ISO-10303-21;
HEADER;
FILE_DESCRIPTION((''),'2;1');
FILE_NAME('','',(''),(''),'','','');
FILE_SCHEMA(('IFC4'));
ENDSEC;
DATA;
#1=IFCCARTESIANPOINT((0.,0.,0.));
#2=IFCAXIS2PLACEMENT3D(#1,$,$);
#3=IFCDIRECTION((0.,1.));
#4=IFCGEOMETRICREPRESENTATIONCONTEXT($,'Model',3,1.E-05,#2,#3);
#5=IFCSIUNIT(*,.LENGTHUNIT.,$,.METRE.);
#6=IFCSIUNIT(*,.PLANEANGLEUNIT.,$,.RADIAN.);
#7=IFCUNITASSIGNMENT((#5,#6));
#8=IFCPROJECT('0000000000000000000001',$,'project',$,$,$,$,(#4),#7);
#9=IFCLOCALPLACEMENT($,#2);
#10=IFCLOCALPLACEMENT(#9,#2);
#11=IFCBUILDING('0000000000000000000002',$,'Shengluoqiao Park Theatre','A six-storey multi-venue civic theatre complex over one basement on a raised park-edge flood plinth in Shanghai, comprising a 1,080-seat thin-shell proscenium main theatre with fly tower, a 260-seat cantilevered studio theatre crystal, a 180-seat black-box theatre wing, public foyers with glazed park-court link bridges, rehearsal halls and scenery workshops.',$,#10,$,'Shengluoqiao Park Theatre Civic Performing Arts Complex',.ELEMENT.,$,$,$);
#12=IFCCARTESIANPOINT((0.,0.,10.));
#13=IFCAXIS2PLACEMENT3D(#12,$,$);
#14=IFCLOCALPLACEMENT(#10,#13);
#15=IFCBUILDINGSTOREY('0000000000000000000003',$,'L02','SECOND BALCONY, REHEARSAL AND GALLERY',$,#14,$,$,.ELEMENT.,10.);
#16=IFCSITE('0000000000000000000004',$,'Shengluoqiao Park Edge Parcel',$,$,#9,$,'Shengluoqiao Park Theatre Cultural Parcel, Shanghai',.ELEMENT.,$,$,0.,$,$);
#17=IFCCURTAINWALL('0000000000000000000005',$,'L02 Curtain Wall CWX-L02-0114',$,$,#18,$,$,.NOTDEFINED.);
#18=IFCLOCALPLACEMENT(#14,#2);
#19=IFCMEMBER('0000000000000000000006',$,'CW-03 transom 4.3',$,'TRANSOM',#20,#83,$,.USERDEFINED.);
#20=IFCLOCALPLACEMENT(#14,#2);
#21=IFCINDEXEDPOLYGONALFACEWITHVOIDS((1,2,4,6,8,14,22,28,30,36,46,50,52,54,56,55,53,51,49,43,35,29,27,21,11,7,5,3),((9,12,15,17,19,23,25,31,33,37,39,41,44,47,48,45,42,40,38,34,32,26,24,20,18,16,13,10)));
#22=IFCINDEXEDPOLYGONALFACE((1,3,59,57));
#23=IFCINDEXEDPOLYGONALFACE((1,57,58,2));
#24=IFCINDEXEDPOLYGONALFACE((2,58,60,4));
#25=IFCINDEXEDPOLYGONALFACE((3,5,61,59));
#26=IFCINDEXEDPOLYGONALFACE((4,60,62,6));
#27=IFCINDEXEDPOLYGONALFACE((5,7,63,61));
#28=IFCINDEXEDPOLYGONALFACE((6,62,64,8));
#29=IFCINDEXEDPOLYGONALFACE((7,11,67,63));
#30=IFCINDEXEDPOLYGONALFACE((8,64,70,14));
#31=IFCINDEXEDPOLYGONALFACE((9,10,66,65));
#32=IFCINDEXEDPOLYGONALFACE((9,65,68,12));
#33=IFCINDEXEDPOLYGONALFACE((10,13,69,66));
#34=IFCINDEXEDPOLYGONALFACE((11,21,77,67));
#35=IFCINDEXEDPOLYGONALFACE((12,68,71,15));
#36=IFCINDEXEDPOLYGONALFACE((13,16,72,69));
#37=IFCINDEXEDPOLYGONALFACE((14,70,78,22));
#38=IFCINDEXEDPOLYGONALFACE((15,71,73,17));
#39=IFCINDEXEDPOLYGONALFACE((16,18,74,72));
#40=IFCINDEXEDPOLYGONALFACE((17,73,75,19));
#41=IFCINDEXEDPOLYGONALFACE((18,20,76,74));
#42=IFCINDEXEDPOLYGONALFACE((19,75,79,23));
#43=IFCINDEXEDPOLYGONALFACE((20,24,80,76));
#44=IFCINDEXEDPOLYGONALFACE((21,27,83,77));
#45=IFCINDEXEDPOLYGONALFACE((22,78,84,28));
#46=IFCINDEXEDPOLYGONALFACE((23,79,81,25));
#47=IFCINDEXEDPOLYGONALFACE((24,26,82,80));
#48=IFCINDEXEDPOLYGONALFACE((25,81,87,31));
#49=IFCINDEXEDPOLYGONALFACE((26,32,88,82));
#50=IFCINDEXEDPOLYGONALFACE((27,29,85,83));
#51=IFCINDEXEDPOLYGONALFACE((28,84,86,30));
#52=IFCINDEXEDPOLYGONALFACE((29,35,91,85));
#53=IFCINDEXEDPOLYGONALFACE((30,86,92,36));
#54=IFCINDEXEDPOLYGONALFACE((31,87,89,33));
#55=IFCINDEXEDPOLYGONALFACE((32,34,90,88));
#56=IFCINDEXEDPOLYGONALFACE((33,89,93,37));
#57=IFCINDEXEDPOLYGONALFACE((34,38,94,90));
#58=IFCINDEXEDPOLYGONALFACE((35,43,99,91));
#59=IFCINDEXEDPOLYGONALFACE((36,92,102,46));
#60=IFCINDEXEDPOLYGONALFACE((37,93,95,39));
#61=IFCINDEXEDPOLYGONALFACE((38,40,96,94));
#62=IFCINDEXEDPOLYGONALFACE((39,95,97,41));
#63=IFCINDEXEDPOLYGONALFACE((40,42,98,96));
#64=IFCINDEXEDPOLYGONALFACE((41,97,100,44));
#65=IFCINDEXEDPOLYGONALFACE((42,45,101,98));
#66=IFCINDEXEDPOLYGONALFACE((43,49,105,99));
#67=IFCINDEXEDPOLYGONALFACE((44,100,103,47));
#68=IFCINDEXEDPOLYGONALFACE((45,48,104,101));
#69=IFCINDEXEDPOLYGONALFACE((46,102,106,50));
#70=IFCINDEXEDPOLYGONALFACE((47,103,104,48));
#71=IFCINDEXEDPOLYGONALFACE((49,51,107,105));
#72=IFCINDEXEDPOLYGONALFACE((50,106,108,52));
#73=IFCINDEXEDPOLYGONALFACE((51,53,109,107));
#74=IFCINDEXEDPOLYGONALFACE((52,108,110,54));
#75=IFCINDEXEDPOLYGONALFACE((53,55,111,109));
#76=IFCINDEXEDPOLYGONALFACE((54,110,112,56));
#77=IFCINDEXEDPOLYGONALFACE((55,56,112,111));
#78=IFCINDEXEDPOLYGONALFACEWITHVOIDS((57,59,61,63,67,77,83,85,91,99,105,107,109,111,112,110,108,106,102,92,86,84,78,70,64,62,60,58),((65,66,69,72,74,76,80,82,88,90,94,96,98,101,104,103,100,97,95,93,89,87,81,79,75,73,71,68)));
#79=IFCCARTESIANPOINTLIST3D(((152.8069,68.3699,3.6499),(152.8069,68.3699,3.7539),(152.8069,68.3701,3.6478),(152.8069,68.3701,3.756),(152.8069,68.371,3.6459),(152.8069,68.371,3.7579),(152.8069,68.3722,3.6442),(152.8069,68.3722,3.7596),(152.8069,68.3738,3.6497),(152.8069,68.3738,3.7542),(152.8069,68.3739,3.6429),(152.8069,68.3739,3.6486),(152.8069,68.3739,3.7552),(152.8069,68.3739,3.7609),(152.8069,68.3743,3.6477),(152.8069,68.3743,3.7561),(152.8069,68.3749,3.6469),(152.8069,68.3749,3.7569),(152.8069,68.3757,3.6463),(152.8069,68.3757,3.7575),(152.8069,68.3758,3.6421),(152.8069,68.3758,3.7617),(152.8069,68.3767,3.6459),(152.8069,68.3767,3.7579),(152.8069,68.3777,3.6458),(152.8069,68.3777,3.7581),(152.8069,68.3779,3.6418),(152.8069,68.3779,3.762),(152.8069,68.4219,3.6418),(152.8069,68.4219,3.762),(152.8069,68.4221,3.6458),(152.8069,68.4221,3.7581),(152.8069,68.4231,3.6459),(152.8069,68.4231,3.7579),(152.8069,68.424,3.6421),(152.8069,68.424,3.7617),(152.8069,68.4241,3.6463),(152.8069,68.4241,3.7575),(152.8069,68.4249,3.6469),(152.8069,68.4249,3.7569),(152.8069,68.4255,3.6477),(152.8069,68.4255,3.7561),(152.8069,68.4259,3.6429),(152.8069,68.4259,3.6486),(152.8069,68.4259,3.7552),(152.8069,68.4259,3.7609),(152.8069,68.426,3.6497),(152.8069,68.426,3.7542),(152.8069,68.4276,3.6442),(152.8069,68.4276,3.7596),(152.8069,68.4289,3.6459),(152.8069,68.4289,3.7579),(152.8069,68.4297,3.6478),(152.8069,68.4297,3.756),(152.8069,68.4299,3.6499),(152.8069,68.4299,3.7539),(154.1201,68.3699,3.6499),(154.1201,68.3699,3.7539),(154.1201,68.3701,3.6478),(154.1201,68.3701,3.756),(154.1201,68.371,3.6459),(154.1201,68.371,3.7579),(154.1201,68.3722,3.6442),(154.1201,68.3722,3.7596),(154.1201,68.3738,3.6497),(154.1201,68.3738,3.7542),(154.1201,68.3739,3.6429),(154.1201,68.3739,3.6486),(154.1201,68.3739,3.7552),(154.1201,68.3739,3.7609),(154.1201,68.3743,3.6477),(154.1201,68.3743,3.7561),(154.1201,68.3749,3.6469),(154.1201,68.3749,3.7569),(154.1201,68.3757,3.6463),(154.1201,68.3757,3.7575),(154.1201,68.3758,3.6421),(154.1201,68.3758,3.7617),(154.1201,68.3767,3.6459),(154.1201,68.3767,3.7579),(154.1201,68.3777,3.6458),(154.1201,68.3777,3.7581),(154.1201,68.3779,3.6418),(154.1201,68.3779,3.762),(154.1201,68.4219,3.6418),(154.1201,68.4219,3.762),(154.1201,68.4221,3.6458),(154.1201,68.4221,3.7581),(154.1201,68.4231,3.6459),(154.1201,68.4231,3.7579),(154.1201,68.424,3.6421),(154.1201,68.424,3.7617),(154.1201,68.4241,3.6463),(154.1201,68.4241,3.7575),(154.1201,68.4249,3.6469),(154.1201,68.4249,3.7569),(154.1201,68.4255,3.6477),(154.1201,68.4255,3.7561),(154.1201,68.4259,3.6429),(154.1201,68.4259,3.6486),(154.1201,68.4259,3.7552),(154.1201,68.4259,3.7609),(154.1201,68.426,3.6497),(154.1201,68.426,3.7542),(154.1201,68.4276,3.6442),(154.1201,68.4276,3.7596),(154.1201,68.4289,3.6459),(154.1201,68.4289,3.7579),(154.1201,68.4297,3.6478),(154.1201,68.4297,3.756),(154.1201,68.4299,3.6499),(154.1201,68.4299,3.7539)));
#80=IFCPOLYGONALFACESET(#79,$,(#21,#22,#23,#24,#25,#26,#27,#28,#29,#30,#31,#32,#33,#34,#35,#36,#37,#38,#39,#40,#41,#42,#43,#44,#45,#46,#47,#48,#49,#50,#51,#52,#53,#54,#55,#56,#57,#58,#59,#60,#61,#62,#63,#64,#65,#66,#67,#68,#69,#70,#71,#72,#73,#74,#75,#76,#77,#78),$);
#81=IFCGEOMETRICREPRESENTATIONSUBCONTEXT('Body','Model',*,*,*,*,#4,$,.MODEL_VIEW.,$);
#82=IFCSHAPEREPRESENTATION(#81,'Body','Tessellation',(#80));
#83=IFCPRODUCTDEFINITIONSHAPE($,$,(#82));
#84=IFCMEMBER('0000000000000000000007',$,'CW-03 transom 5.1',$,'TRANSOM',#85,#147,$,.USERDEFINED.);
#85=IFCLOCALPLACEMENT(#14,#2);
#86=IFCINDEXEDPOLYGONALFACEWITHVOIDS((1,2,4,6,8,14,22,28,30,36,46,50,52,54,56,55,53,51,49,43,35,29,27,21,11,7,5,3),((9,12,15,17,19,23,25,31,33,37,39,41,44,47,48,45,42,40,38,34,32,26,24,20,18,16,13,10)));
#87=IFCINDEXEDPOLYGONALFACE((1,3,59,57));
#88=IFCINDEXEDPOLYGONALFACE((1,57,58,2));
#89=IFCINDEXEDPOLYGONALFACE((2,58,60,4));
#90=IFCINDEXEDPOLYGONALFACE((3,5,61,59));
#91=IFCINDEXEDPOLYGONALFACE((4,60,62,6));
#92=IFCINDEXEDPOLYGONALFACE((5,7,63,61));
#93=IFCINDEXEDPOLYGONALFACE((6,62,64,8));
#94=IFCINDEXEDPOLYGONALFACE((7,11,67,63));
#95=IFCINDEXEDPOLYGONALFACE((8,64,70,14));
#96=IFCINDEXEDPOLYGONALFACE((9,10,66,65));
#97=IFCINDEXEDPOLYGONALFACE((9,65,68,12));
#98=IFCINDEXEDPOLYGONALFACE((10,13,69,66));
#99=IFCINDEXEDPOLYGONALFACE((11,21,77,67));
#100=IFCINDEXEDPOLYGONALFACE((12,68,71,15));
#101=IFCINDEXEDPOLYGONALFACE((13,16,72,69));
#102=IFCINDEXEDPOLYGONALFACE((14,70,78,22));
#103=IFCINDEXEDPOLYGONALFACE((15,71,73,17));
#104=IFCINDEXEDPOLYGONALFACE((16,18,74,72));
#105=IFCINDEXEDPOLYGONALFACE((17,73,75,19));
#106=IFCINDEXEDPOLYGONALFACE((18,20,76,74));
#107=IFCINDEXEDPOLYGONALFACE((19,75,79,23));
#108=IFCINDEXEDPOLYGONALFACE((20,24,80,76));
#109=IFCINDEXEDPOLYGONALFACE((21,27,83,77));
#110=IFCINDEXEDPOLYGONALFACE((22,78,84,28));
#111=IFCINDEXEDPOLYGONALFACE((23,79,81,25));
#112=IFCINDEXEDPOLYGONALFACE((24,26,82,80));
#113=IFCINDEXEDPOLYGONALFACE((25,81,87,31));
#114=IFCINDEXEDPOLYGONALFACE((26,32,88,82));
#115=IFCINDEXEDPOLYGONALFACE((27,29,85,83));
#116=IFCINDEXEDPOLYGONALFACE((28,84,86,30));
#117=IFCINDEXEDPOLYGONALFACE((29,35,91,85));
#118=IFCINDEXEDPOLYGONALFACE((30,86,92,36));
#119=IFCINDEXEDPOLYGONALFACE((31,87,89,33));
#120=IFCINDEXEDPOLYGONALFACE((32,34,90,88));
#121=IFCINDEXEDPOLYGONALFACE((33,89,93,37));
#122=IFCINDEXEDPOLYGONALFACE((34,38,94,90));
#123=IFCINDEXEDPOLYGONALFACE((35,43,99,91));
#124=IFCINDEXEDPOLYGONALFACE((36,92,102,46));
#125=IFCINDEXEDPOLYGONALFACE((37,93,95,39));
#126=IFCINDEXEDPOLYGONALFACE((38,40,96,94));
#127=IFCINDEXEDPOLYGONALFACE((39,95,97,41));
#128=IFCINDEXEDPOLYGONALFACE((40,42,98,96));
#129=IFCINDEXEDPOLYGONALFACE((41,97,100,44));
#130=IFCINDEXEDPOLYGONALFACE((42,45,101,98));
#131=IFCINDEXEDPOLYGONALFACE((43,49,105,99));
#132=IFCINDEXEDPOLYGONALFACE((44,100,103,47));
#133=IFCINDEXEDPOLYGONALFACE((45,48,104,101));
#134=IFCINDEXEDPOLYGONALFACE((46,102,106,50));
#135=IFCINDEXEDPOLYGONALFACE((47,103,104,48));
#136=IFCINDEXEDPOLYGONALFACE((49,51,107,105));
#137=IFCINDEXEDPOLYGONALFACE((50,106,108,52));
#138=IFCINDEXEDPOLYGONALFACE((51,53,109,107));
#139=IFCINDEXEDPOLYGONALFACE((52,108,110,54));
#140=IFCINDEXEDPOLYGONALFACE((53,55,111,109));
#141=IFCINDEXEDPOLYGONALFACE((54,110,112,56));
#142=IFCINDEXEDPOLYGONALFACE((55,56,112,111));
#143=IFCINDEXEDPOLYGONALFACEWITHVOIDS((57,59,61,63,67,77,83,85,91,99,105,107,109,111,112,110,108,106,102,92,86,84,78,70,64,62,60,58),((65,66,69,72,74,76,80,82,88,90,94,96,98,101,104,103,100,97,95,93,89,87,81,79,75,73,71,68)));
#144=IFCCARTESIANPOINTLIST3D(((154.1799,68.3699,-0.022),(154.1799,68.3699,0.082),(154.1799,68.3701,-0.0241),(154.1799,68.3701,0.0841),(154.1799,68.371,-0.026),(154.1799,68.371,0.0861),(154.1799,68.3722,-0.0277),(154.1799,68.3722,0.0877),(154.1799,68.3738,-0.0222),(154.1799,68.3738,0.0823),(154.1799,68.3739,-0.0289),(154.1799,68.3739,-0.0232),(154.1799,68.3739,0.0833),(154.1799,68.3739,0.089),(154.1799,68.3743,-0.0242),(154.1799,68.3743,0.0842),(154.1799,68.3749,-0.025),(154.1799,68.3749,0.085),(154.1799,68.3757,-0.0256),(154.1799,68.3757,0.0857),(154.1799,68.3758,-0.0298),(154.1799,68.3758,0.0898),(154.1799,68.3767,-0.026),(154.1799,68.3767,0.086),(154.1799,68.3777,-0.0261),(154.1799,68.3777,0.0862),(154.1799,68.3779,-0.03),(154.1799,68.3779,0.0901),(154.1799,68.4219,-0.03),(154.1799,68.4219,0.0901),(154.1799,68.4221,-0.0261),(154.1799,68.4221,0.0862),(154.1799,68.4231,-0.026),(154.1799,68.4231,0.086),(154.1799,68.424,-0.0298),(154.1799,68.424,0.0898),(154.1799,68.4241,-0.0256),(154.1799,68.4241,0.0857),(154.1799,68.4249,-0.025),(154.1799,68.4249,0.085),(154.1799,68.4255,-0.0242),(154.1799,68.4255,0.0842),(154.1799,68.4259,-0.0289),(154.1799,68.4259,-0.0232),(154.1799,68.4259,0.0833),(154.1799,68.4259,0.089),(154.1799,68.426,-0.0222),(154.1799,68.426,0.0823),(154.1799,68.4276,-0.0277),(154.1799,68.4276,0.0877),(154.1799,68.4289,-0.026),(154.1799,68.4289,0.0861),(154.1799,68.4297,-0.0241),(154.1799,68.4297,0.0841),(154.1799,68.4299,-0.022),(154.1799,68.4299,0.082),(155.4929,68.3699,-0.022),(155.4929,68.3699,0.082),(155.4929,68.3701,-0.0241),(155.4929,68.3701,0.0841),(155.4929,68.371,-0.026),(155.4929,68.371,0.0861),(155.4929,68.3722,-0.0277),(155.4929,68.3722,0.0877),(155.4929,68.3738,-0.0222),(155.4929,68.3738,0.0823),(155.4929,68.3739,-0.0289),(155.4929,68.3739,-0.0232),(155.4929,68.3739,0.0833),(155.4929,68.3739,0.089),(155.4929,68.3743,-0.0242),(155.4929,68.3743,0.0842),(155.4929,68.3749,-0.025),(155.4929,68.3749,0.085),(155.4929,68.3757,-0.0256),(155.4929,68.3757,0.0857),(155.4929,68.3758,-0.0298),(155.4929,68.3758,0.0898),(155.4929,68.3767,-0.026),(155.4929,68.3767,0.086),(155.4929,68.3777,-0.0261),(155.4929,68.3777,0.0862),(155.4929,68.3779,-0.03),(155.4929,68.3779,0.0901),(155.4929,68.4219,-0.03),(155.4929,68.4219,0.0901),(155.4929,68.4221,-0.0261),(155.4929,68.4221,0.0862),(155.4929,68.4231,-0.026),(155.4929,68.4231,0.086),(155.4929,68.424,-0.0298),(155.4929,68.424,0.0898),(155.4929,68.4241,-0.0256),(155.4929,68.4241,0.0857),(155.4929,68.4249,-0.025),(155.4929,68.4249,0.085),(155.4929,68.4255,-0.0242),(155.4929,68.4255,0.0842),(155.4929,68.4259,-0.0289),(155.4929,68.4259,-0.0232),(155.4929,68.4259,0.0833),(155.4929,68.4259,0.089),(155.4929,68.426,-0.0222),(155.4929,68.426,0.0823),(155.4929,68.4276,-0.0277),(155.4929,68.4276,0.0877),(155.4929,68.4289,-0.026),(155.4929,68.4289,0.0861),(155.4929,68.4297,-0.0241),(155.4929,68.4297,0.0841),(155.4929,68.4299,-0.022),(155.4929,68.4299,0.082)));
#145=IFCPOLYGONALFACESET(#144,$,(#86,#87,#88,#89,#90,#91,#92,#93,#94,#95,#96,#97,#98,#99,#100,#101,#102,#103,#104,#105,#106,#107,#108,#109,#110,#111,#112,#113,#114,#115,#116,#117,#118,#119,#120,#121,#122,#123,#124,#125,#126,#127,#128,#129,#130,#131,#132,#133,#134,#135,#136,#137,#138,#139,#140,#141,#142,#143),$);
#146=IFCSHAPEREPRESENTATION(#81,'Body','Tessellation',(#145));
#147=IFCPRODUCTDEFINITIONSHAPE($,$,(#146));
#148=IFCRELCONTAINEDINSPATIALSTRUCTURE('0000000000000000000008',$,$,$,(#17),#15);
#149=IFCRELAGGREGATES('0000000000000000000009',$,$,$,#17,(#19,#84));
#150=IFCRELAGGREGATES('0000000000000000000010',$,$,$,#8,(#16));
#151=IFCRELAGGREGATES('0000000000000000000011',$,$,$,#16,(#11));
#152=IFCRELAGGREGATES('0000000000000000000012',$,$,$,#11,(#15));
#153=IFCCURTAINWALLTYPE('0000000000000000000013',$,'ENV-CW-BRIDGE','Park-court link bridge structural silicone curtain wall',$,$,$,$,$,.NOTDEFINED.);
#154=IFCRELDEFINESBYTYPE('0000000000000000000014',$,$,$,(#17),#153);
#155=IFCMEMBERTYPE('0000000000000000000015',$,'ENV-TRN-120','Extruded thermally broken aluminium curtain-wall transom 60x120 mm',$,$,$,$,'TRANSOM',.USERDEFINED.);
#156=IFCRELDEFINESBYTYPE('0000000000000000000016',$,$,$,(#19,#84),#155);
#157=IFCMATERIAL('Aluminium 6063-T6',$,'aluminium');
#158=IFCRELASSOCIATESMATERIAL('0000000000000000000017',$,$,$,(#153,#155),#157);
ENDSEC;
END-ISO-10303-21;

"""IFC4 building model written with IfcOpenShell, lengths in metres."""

from ifc_helpers import new_model, si_unit, direction, frame, origin, origin_2d, place, context, subcontext, project, spatial, hollow_rectangle, extrude, material, material_profile, profile_set, type_object, element, aggregate, save


model = new_model("IFC4")

# Units and contexts
model_context = context("Model", 3, precision=1e-05, world=origin(), true_north=direction((0.0, 1.0)))
body_context = subcontext(model_context, "Body", "Model", "MODEL_VIEW")
ifc_project = project(units=[si_unit("LENGTHUNIT", "METRE"), si_unit("PLANEANGLEUNIT", "RADIAN")], contexts=[model_context])

# Site, building, storey
site_placement = place(None, origin())
site = spatial("IfcSite", under=ifc_project, at=site_placement, Name="Shengluoqiao Park Edge Parcel", LongName="Shengluoqiao Park Theatre Cultural Parcel, Shanghai", CompositionType="ELEMENT", RefElevation=0.0)
building_placement = place(site_placement, origin())
building = spatial("IfcBuilding", under=site, at=building_placement, Name="Shengluoqiao Park Theatre", Description="A six-storey multi-venue civic theatre complex over one basement on a raised park-edge flood plinth in Shanghai, comprising a 1,080-seat thin-shell proscenium main theatre with fly tower, a 260-seat cantilevered studio theatre crystal, a 180-seat black-box theatre wing, public foyers with glazed park-court link bridges, rehearsal halls and scenery workshops.", LongName="Shengluoqiao Park Theatre Civic Performing Arts Complex", CompositionType="ELEMENT")
storey_placement = place(building_placement, frame((0.0, 0.0, 10.0)))
storey = spatial("IfcBuildingStorey", under=building, at=storey_placement, Name="L02", Description="SECOND BALCONY, REHEARSAL AND GALLERY", CompositionType="ELEMENT", Elevation=10.0)

# Curtain wall, members
ifc_material_1 = material(Name="Aluminium 6063-T6", Category="aluminium")
curtain_wall_type = type_object("IfcCurtainWallType", Name="ENV-CW-BRIDGE", Description="Park-court link bridge structural silicone curtain wall", PredefinedType="NOTDEFINED", material=ifc_material_1)
curtain_wall_placement = place(storey_placement, origin())
curtain_wall = element("IfcCurtainWall", 1, at=curtain_wall_placement, inside=storey, type_object=curtain_wall_type, Name="L02 Curtain Wall CWX-L02-0114", PredefinedType="NOTDEFINED")
ifc_material_profile_1 = material_profile(ifc_material_1, hollow_rectangle(XDim=0.0601, YDim=0.1201, WallThickness=0.0039, InnerFilletRadius=0.0039, OuterFilletRadius=0.0081, at=origin_2d()), Name="ALU TRANSOM 120x60x4")
ifc_profile_set_1 = profile_set([ifc_material_profile_1], Name="Aluminium 6063-T6")
member_type_1 = type_object("IfcMemberType", Name="ENV-TRN-120", Description="Extruded thermally broken aluminium curtain-wall transom 60x120 mm", ElementType="TRANSOM", PredefinedType="USERDEFINED", material=ifc_profile_set_1)
member_1_placement = place(storey_placement, frame((152.8069, 68.3999, 3.7019), z_axis=(1.0, 0.0, 0.0), x_axis=(0.0, 1.0, 0.0)))
member_1 = element("IfcMember", 2, at=member_1_placement, type_object=member_type_1, Name="CW-03 transom 4.3", ObjectType="TRANSOM", PredefinedType="USERDEFINED", context=body_context, shape_type="SweptSolid", body=[
    extrude(hollow_rectangle(XDim=0.0601, YDim=0.1201, WallThickness=0.0039, InnerFilletRadius=0.0039, OuterFilletRadius=0.0081, at=origin_2d()), origin(), (0.0, 0.0, 1.0), 1.3132),
])
member_2_placement = place(storey_placement, frame((154.1799, 68.3999, 0.03), z_axis=(1.0, 0.0, 0.0), x_axis=(0.0, 1.0, 0.0)))
member_2 = element("IfcMember", 3, at=member_2_placement, type_object=member_type_1, Name="CW-03 transom 5.1", ObjectType="TRANSOM", PredefinedType="USERDEFINED", context=body_context, shape_type="SweptSolid", body=[
    extrude(hollow_rectangle(XDim=0.0601, YDim=0.1201, WallThickness=0.0039, InnerFilletRadius=0.0039, OuterFilletRadius=0.0081, at=origin_2d()), origin(), (0.0, 0.0, 1.0), 1.313),
])

aggregate(curtain_wall, [member_1, member_2])

save(model, "model.ifc")
